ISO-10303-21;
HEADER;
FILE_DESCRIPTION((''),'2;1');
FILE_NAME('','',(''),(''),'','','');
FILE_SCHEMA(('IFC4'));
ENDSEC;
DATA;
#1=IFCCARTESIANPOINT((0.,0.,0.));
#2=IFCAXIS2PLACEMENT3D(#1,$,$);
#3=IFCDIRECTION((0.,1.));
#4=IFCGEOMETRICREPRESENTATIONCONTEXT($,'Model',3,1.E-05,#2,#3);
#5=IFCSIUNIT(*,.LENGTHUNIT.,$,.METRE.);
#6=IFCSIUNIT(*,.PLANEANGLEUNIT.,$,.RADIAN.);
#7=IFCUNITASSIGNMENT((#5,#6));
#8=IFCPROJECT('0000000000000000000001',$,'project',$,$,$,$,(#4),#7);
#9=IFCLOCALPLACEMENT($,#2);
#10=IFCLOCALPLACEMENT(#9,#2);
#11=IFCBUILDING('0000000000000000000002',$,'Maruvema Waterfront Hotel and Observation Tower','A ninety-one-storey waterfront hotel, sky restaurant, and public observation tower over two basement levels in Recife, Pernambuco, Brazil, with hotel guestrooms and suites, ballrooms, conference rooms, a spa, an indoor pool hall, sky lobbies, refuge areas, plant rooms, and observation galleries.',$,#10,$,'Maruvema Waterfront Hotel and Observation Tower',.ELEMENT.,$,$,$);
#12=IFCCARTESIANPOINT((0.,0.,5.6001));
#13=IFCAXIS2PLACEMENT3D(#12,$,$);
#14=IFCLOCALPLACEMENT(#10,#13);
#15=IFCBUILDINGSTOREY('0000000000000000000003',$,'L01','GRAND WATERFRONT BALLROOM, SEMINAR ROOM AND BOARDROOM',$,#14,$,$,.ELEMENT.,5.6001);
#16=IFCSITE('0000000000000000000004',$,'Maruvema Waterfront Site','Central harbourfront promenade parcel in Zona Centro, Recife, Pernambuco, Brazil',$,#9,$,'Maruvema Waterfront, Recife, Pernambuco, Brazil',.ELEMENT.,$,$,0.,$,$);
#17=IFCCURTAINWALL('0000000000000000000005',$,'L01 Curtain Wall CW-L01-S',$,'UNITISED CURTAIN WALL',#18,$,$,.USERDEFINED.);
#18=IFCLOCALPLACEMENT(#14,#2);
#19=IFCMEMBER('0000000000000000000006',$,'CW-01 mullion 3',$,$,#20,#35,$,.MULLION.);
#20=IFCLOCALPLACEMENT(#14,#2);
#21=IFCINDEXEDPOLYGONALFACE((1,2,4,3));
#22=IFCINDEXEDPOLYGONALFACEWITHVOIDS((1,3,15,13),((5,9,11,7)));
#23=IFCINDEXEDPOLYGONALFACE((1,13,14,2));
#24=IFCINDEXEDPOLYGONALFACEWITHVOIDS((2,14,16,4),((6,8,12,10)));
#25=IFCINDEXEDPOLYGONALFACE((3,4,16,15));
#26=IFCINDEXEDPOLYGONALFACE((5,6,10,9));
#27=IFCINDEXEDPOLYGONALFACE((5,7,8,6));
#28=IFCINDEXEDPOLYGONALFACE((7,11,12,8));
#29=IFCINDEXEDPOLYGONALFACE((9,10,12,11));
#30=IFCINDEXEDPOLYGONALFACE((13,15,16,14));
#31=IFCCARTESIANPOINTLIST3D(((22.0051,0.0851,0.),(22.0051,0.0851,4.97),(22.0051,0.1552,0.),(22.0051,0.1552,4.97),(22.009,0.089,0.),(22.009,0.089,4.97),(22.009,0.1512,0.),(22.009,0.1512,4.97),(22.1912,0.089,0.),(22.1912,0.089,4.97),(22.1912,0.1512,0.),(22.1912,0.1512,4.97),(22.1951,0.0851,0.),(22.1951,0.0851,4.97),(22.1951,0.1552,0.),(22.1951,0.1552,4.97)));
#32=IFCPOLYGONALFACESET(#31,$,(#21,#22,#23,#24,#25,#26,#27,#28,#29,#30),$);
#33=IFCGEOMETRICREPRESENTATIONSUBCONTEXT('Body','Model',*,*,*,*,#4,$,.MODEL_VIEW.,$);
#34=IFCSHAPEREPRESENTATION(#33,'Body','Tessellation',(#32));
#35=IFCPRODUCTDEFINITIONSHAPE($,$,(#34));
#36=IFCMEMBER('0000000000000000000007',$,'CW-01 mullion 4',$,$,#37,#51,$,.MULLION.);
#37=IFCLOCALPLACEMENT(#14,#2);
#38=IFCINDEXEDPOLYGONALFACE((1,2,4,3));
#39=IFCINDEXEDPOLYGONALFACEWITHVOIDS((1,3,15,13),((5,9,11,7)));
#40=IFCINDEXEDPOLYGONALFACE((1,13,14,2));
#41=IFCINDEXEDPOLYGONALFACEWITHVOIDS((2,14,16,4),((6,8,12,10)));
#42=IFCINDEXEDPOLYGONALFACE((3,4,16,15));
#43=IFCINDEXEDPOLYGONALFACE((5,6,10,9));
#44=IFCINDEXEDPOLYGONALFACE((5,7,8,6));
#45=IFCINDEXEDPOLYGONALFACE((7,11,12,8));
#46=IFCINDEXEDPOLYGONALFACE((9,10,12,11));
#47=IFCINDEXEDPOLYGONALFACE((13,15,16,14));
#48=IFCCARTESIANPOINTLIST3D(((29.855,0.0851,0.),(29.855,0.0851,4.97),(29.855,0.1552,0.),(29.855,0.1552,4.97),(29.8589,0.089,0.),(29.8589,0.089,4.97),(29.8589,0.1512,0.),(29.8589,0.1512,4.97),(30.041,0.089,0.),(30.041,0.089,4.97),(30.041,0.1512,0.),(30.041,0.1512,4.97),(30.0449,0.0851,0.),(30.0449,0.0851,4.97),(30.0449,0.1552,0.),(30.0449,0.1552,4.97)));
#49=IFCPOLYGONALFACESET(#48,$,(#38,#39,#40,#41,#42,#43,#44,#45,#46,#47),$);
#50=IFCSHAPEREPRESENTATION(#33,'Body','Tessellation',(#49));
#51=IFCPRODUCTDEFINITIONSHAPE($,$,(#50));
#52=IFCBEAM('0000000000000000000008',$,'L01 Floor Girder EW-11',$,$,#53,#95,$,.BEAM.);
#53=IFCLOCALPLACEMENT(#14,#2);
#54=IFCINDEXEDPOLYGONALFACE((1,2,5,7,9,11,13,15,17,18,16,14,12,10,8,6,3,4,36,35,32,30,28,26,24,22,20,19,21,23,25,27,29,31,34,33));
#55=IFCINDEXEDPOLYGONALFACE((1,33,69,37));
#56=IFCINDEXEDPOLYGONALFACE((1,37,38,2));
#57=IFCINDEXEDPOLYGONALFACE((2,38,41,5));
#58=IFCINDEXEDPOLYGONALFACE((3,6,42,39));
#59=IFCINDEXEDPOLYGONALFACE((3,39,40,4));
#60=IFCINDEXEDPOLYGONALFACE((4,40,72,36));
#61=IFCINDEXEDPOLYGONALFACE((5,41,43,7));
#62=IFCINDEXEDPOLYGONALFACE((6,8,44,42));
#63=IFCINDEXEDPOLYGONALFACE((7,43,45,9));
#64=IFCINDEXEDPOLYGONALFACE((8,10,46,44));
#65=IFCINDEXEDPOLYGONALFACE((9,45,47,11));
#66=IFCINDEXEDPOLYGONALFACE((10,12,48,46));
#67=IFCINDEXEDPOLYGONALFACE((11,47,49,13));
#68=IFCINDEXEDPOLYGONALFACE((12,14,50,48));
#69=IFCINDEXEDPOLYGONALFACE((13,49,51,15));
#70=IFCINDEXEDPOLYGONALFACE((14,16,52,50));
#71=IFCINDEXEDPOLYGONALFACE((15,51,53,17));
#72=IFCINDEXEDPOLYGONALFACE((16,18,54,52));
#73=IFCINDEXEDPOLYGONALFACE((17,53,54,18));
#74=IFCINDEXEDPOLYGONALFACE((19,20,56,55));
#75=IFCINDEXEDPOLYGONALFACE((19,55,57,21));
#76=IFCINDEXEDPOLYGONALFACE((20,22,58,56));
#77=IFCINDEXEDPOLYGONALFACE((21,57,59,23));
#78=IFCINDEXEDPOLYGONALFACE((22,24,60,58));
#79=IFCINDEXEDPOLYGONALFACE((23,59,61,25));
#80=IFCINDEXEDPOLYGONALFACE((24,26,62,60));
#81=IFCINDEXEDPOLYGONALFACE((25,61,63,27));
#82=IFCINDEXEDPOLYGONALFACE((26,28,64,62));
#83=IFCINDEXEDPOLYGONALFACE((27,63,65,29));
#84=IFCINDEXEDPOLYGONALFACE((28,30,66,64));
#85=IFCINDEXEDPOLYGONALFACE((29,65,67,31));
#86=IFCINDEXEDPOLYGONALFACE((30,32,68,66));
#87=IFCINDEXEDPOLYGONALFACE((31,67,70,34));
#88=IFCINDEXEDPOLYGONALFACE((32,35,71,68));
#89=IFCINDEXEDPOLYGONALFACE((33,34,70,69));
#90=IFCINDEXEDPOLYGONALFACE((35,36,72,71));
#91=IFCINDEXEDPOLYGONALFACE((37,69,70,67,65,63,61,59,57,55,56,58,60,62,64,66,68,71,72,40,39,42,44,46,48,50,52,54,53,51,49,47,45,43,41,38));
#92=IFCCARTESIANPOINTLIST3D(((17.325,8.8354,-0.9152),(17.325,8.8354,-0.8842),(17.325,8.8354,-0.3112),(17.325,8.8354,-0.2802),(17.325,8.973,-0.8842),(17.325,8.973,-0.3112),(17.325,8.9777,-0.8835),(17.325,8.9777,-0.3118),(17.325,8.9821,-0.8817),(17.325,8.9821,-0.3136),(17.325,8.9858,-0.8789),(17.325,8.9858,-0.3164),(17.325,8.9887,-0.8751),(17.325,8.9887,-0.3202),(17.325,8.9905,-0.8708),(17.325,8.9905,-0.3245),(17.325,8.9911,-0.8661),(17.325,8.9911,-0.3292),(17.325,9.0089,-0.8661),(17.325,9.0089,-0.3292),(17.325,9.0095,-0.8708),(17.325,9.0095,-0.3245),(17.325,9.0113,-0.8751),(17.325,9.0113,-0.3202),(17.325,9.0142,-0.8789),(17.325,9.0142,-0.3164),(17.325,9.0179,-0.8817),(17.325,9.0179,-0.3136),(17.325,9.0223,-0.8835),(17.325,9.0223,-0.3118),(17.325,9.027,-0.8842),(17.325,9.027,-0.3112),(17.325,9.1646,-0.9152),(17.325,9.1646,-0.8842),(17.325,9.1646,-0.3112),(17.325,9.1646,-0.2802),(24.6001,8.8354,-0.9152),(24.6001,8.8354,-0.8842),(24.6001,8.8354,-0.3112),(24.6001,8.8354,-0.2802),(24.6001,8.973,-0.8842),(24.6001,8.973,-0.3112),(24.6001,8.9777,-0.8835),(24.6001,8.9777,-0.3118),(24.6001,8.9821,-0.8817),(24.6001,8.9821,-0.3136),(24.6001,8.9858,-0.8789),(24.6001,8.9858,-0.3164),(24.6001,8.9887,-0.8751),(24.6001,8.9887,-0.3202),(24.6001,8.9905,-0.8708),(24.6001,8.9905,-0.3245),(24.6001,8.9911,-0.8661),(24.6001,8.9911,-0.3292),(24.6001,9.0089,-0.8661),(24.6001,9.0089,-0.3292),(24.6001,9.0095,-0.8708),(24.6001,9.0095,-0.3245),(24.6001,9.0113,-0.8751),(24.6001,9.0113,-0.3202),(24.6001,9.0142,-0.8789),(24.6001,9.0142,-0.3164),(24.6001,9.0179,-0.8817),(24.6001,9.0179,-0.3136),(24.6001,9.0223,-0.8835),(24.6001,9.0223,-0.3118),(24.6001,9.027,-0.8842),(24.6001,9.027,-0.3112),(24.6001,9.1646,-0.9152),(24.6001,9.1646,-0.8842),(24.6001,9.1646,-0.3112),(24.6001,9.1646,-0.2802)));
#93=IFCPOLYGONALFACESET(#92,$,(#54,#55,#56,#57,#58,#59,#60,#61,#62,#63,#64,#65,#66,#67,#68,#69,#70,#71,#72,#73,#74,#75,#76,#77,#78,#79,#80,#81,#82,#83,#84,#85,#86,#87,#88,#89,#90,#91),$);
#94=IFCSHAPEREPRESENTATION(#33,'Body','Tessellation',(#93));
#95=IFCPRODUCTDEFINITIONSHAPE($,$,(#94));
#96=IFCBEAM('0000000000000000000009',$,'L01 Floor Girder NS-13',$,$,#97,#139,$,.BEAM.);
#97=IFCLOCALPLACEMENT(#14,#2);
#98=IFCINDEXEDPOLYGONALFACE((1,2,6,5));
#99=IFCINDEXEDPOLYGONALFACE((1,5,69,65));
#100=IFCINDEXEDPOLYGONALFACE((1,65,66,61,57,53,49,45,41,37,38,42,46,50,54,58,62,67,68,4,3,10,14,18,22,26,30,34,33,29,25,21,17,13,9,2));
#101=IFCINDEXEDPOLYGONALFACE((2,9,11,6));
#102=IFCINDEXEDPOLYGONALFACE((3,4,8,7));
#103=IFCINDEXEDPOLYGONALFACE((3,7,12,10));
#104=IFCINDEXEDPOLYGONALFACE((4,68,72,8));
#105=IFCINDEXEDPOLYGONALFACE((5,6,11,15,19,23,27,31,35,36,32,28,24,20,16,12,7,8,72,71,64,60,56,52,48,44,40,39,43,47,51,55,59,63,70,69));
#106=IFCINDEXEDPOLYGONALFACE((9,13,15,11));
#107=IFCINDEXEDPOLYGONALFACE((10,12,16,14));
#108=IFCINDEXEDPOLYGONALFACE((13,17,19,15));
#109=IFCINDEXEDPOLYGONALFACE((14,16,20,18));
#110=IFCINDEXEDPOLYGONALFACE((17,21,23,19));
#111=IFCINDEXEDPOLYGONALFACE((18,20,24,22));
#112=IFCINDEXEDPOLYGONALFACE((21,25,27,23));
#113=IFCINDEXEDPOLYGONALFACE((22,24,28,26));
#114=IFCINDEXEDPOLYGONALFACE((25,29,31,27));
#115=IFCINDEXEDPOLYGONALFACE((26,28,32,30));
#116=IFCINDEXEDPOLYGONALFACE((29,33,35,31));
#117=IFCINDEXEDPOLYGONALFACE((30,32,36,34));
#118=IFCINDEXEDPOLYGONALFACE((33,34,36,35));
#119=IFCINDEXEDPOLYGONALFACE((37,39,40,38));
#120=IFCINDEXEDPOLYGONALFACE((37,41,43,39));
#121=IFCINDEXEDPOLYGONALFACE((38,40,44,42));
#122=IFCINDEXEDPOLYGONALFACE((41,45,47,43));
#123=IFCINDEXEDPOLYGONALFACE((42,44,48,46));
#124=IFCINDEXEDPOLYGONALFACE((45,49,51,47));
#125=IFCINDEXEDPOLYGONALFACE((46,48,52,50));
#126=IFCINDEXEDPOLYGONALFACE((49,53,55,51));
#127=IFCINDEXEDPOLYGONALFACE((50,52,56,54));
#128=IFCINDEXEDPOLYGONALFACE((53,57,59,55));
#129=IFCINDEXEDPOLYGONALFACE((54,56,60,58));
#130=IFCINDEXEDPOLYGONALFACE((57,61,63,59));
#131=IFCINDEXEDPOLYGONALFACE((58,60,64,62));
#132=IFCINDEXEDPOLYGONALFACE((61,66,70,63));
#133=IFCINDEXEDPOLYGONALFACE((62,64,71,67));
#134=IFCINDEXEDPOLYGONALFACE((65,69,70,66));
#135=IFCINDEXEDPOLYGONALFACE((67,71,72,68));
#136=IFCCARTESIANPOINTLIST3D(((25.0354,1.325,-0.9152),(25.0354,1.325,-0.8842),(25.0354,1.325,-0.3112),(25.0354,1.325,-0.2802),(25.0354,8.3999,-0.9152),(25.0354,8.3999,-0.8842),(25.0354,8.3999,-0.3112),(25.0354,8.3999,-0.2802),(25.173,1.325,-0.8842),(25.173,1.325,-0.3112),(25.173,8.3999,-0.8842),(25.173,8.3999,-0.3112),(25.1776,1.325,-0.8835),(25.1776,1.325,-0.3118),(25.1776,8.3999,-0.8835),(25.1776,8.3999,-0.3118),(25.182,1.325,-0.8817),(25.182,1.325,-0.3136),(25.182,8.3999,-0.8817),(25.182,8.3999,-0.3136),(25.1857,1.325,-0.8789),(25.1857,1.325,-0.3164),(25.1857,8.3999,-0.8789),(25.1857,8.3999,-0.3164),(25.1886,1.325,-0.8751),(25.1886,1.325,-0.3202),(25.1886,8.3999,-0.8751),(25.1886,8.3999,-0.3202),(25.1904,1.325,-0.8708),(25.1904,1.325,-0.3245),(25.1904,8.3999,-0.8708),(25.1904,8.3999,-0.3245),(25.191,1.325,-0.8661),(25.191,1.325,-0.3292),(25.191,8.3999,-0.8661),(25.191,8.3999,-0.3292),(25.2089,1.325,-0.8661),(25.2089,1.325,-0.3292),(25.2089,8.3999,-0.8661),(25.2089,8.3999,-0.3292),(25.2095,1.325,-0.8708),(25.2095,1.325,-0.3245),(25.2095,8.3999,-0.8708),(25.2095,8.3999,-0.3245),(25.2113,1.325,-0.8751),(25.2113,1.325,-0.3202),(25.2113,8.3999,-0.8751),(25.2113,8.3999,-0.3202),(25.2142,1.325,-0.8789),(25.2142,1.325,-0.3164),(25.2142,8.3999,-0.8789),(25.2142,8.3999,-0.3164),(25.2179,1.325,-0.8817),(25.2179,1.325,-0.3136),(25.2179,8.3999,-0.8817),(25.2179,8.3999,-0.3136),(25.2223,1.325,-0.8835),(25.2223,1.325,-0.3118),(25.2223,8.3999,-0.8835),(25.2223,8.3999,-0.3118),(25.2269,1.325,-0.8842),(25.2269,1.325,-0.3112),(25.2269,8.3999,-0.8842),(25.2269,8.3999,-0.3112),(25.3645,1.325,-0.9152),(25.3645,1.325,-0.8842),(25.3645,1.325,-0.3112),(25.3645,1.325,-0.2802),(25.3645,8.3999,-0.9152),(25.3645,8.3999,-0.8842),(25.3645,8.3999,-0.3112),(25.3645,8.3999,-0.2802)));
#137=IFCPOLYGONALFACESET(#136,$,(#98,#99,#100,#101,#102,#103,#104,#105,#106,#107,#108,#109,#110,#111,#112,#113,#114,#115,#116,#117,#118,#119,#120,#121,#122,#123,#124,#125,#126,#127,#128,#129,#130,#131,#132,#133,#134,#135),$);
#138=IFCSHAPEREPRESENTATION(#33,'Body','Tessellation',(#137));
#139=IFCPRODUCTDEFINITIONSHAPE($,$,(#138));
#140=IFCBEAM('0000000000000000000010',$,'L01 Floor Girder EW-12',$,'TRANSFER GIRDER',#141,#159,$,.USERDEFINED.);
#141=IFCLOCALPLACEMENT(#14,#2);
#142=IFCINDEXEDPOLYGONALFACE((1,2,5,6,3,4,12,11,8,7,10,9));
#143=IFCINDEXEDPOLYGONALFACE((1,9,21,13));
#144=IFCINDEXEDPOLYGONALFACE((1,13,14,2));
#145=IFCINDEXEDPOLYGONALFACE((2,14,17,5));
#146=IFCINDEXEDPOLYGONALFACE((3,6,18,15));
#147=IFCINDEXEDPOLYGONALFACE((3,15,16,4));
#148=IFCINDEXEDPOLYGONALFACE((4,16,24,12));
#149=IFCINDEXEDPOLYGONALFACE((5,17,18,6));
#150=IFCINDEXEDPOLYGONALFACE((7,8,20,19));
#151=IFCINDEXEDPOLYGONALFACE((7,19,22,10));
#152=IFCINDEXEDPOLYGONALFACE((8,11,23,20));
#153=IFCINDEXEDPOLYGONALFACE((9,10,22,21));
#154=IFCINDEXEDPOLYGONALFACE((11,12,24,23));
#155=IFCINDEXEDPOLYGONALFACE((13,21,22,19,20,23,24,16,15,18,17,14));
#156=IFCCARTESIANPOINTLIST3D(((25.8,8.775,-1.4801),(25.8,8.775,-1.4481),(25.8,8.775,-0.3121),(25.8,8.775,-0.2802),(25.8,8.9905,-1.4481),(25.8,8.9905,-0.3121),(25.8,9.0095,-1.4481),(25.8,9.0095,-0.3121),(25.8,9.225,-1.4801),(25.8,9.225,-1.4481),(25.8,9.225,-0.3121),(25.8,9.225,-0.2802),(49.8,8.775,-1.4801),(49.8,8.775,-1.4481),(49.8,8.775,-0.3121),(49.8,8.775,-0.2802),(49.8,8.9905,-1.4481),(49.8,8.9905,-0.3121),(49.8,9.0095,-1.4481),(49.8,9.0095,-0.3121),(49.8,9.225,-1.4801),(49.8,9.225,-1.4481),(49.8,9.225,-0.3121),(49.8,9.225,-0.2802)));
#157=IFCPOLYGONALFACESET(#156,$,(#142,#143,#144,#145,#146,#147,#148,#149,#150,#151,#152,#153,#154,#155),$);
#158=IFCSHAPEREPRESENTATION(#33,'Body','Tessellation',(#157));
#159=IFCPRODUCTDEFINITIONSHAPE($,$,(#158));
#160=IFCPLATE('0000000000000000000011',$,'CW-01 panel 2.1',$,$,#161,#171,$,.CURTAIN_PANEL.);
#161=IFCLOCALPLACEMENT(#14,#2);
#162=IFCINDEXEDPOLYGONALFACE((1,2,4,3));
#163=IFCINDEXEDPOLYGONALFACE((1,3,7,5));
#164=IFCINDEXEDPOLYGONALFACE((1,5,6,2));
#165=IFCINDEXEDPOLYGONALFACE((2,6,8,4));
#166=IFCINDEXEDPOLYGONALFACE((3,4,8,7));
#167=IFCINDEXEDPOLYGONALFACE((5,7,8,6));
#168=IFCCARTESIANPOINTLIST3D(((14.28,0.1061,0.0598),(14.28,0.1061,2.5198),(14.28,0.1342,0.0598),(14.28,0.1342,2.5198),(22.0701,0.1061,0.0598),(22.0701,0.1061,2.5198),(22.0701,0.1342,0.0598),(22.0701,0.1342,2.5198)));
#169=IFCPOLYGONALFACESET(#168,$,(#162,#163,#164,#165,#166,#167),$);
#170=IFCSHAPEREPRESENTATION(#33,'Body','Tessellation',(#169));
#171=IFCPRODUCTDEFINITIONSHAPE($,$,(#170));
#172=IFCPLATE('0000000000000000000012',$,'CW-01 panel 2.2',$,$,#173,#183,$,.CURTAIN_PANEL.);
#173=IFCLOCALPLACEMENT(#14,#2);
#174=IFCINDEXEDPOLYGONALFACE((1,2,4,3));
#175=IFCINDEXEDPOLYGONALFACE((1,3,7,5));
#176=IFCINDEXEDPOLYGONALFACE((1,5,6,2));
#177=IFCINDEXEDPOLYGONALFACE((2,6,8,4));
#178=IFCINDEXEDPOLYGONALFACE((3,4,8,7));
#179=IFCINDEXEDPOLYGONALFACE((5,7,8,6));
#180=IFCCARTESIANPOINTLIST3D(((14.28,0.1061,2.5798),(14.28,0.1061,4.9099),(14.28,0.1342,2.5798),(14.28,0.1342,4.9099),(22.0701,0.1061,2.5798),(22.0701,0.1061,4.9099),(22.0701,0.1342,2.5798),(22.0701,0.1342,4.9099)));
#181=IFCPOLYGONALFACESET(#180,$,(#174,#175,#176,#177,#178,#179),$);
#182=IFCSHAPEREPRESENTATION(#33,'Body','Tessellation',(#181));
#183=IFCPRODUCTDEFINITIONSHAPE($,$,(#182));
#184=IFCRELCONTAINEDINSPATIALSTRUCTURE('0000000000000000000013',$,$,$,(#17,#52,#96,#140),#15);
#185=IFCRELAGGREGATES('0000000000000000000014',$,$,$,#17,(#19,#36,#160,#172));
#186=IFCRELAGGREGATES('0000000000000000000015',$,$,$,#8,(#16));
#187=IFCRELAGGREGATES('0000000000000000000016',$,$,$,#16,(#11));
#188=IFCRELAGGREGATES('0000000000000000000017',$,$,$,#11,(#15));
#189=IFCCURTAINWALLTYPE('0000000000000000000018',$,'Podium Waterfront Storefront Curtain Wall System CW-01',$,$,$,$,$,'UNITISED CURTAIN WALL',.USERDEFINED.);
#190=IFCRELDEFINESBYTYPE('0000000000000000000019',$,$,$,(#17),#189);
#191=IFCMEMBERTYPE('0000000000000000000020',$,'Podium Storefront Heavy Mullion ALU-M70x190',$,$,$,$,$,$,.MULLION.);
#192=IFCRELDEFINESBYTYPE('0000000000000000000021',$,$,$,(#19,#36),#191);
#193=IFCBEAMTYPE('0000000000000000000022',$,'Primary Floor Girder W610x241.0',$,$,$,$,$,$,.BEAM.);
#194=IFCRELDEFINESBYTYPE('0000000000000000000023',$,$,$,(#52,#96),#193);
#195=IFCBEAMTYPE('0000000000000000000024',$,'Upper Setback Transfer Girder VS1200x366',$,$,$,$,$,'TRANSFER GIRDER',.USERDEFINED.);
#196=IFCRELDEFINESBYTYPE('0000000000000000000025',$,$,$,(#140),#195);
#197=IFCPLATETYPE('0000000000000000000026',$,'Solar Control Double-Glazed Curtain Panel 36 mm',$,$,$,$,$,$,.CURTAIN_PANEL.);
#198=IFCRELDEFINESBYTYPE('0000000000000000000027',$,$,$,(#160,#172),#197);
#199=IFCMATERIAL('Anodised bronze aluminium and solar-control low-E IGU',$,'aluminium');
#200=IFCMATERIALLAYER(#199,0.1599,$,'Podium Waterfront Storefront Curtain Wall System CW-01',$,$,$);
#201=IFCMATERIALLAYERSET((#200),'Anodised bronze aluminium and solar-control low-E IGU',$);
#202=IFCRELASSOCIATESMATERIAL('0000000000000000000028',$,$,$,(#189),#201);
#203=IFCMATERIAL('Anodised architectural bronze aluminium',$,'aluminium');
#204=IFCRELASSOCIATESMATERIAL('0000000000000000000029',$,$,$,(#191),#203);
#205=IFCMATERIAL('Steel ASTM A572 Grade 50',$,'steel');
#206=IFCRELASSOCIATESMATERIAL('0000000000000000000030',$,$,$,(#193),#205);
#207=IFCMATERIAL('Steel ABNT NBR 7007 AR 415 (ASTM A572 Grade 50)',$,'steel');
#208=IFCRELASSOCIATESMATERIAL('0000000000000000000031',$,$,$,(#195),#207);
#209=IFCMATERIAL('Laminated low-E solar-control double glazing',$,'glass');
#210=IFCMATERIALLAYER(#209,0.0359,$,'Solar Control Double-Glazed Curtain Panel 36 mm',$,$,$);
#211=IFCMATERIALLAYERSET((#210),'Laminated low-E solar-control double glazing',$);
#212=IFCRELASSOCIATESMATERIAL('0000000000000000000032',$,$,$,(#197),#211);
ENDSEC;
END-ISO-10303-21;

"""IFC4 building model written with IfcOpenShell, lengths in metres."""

from ifc_helpers import new_model, si_unit, direction, frame, origin, origin_2d, place, context, subcontext, project, spatial, rectangle, hollow_rectangle, i_section, extrude, material, layer, layer_set, material_profile, profile_set, type_object, element, aggregate, save


model = new_model("IFC4")

# Units and contexts
model_context = context("Model", 3, precision=1e-05, world=origin(), true_north=direction((0.0, 1.0)))
body_context = subcontext(model_context, "Body", "Model", "MODEL_VIEW")
ifc_project = project(units=[si_unit("LENGTHUNIT", "METRE"), si_unit("PLANEANGLEUNIT", "RADIAN")], contexts=[model_context])

# Site, building, storey
site_placement = place(None, origin())
site = spatial("IfcSite", under=ifc_project, at=site_placement, Name="Maruvema Waterfront Site", Description="Central harbourfront promenade parcel in Zona Centro, Recife, Pernambuco, Brazil", LongName="Maruvema Waterfront, Recife, Pernambuco, Brazil", CompositionType="ELEMENT", RefElevation=0.0)
building_placement = place(site_placement, origin())
building = spatial("IfcBuilding", under=site, at=building_placement, Name="Maruvema Waterfront Hotel and Observation Tower", Description="A ninety-one-storey waterfront hotel, sky restaurant, and public observation tower over two basement levels in Recife, Pernambuco, Brazil, with hotel guestrooms and suites, ballrooms, conference rooms, a spa, an indoor pool hall, sky lobbies, refuge areas, plant rooms, and observation galleries.", LongName="Maruvema Waterfront Hotel and Observation Tower", CompositionType="ELEMENT")
storey_placement = place(building_placement, frame((0.0, 0.0, 5.6001)))
storey = spatial("IfcBuildingStorey", under=building, at=storey_placement, Name="L01", Description="GRAND WATERFRONT BALLROOM, SEMINAR ROOM AND BOARDROOM", CompositionType="ELEMENT", Elevation=5.6001)

# Curtain wall
ifc_material_1 = material(Name="Anodised bronze aluminium and solar-control low-E IGU", Category="aluminium")
ifc_layer_1 = layer(ifc_material_1, 0.1599, Name="Podium Waterfront Storefront Curtain Wall System CW-01")
ifc_layer_set_1 = layer_set([ifc_layer_1], Name="Anodised bronze aluminium and solar-control low-E IGU")
curtain_wall_type = type_object("IfcCurtainWallType", Name="Podium Waterfront Storefront Curtain Wall System CW-01", ElementType="UNITISED CURTAIN WALL", PredefinedType="USERDEFINED", material=ifc_layer_set_1)
curtain_wall_placement = place(storey_placement, origin())
curtain_wall = element("IfcCurtainWall", 1, at=curtain_wall_placement, inside=storey, type_object=curtain_wall_type, Name="L01 Curtain Wall CW-L01-S", ObjectType="UNITISED CURTAIN WALL", PredefinedType="USERDEFINED")

# Members
ifc_material_2 = material(Name="Anodised architectural bronze aluminium", Category="aluminium")
ifc_material_profile_1 = material_profile(ifc_material_2, hollow_rectangle(XDim=0.0701, YDim=0.1899, WallThickness=0.0039, at=origin_2d()), Name="ALU-M70x190")
ifc_profile_set_1 = profile_set([ifc_material_profile_1], Name="Anodised architectural bronze aluminium")
member_type_1 = type_object("IfcMemberType", Name="Podium Storefront Heavy Mullion ALU-M70x190", PredefinedType="MULLION", material=ifc_profile_set_1)
member_1_placement = place(storey_placement, frame((22.1001, 0.1201, 0.0), z_axis=(0.0, 0.0, 1.0), x_axis=(0.0, 1.0, 0.0)))
member_1 = element("IfcMember", 2, at=member_1_placement, type_object=member_type_1, Name="CW-01 mullion 3", PredefinedType="MULLION", context=body_context, shape_type="SweptSolid", body=[
    extrude(hollow_rectangle(XDim=0.0701, YDim=0.1899, WallThickness=0.0039, at=origin_2d()), origin(), (0.0, 0.0, 1.0), 4.97),
])
member_2_placement = place(storey_placement, frame((29.95, 0.1201, 0.0), z_axis=(0.0, 0.0, 1.0), x_axis=(0.0, 1.0, 0.0)))
member_2 = element("IfcMember", 3, at=member_2_placement, type_object=member_type_1, Name="CW-01 mullion 4", PredefinedType="MULLION", context=body_context, shape_type="SweptSolid", body=[
    extrude(hollow_rectangle(XDim=0.0701, YDim=0.1899, WallThickness=0.0039, at=origin_2d()), origin(), (0.0, 0.0, 1.0), 4.97),
])

# Beams
ifc_material_3 = material(Name="Steel ASTM A572 Grade 50", Category="steel")
ifc_material_profile_2 = material_profile(ifc_material_3, i_section(OverallWidth=0.3291, OverallDepth=0.635, WebThickness=0.0178, FlangeThickness=0.031, FilletRadius=0.0181, at=origin_2d()), Name="W610x241.0")
ifc_profile_set_2 = profile_set([ifc_material_profile_2], Name="Steel ASTM A572 Grade 50")
beam_type_1 = type_object("IfcBeamType", Name="Primary Floor Girder W610x241.0", PredefinedType="BEAM", material=ifc_profile_set_2)
beam_1_placement = place(storey_placement, frame((17.325, 9.0, -0.5977), z_axis=(1.0, 0.0, 0.0), x_axis=(0.0, 1.0, 0.0)))
element("IfcBeam", 4, at=beam_1_placement, inside=storey, type_object=beam_type_1, Name="L01 Floor Girder EW-11", PredefinedType="BEAM", context=body_context, shape_type="SweptSolid", body=[
    extrude(i_section(OverallWidth=0.3291, OverallDepth=0.635, WebThickness=0.0178, FlangeThickness=0.031, FilletRadius=0.0181, at=origin_2d()), origin(), (0.0, 0.0, 1.0), 7.2751),
])
beam_2_placement = place(storey_placement, frame((25.2, 1.325, -0.5977), z_axis=(0.0, 1.0, 0.0), x_axis=(-1.0, 0.0, 0.0)))
element("IfcBeam", 5, at=beam_2_placement, inside=storey, type_object=beam_type_1, Name="L01 Floor Girder NS-13", PredefinedType="BEAM", context=body_context, shape_type="SweptSolid", body=[
    extrude(i_section(OverallWidth=0.3291, OverallDepth=0.635, WebThickness=0.0178, FlangeThickness=0.031, FilletRadius=0.0181, at=origin_2d()), origin(), (0.0, 0.0, 1.0), 7.075),
])
ifc_material_4 = material(Name="Steel ABNT NBR 7007 AR 415 (ASTM A572 Grade 50)", Category="steel")
ifc_material_profile_3 = material_profile(ifc_material_4, i_section(OverallWidth=0.45, OverallDepth=1.2, WebThickness=0.019, FlangeThickness=0.032, at=origin_2d()), Name="VS1200x366")
ifc_profile_set_3 = profile_set([ifc_material_profile_3], Name="Steel ABNT NBR 7007 AR 415 (ASTM A572 Grade 50)")
beam_type_2 = type_object("IfcBeamType", Name="Upper Setback Transfer Girder VS1200x366", ElementType="TRANSFER GIRDER", PredefinedType="USERDEFINED", material=ifc_profile_set_3)
beam_3_placement = place(storey_placement, frame((25.8, 9.0, -0.8801), z_axis=(1.0, 0.0, 0.0), x_axis=(0.0, 1.0, 0.0)))
element("IfcBeam", 6, at=beam_3_placement, inside=storey, type_object=beam_type_2, Name="L01 Floor Girder EW-12", ObjectType="TRANSFER GIRDER", PredefinedType="USERDEFINED", context=body_context, shape_type="SweptSolid", body=[
    extrude(i_section(OverallWidth=0.45, OverallDepth=1.2, WebThickness=0.019, FlangeThickness=0.032, at=origin_2d()), origin(), (0.0, 0.0, 1.0), 24.0),
])

# Plates
ifc_material_5 = material(Name="Laminated low-E solar-control double glazing", Category="glass")
ifc_layer_2 = layer(ifc_material_5, 0.0359, Name="Solar Control Double-Glazed Curtain Panel 36 mm")
ifc_layer_set_2 = layer_set([ifc_layer_2], Name="Laminated low-E solar-control double glazing")
plate_type = type_object("IfcPlateType", Name="Solar Control Double-Glazed Curtain Panel 36 mm", PredefinedType="CURTAIN_PANEL", material=ifc_layer_set_2)
plate_1_placement = place(storey_placement, frame((18.175, 0.1201, 0.0598), z_axis=(0.0, 0.0, 1.0), x_axis=(1.0, 0.0, 0.0)))
plate_1 = element("IfcPlate", 7, at=plate_1_placement, type_object=plate_type, Name="CW-01 panel 2.1", PredefinedType="CURTAIN_PANEL", context=body_context, shape_type="SweptSolid", body=[
    extrude(rectangle(XDim=7.79, YDim=0.0281, at=origin_2d()), origin(), (0.0, 0.0, 1.0), 2.46),
])
plate_2_placement = place(storey_placement, frame((18.175, 0.1201, 2.5798), z_axis=(0.0, 0.0, 1.0), x_axis=(1.0, 0.0, 0.0)))
plate_2 = element("IfcPlate", 8, at=plate_2_placement, type_object=plate_type, Name="CW-01 panel 2.2", PredefinedType="CURTAIN_PANEL", context=body_context, shape_type="SweptSolid", body=[
    extrude(rectangle(XDim=7.79, YDim=0.0281, at=origin_2d()), origin(), (0.0, 0.0, 1.0), 2.3301),
])
aggregate(curtain_wall, [member_1, member_2, plate_1, plate_2])

save(model, "model.ifc")
